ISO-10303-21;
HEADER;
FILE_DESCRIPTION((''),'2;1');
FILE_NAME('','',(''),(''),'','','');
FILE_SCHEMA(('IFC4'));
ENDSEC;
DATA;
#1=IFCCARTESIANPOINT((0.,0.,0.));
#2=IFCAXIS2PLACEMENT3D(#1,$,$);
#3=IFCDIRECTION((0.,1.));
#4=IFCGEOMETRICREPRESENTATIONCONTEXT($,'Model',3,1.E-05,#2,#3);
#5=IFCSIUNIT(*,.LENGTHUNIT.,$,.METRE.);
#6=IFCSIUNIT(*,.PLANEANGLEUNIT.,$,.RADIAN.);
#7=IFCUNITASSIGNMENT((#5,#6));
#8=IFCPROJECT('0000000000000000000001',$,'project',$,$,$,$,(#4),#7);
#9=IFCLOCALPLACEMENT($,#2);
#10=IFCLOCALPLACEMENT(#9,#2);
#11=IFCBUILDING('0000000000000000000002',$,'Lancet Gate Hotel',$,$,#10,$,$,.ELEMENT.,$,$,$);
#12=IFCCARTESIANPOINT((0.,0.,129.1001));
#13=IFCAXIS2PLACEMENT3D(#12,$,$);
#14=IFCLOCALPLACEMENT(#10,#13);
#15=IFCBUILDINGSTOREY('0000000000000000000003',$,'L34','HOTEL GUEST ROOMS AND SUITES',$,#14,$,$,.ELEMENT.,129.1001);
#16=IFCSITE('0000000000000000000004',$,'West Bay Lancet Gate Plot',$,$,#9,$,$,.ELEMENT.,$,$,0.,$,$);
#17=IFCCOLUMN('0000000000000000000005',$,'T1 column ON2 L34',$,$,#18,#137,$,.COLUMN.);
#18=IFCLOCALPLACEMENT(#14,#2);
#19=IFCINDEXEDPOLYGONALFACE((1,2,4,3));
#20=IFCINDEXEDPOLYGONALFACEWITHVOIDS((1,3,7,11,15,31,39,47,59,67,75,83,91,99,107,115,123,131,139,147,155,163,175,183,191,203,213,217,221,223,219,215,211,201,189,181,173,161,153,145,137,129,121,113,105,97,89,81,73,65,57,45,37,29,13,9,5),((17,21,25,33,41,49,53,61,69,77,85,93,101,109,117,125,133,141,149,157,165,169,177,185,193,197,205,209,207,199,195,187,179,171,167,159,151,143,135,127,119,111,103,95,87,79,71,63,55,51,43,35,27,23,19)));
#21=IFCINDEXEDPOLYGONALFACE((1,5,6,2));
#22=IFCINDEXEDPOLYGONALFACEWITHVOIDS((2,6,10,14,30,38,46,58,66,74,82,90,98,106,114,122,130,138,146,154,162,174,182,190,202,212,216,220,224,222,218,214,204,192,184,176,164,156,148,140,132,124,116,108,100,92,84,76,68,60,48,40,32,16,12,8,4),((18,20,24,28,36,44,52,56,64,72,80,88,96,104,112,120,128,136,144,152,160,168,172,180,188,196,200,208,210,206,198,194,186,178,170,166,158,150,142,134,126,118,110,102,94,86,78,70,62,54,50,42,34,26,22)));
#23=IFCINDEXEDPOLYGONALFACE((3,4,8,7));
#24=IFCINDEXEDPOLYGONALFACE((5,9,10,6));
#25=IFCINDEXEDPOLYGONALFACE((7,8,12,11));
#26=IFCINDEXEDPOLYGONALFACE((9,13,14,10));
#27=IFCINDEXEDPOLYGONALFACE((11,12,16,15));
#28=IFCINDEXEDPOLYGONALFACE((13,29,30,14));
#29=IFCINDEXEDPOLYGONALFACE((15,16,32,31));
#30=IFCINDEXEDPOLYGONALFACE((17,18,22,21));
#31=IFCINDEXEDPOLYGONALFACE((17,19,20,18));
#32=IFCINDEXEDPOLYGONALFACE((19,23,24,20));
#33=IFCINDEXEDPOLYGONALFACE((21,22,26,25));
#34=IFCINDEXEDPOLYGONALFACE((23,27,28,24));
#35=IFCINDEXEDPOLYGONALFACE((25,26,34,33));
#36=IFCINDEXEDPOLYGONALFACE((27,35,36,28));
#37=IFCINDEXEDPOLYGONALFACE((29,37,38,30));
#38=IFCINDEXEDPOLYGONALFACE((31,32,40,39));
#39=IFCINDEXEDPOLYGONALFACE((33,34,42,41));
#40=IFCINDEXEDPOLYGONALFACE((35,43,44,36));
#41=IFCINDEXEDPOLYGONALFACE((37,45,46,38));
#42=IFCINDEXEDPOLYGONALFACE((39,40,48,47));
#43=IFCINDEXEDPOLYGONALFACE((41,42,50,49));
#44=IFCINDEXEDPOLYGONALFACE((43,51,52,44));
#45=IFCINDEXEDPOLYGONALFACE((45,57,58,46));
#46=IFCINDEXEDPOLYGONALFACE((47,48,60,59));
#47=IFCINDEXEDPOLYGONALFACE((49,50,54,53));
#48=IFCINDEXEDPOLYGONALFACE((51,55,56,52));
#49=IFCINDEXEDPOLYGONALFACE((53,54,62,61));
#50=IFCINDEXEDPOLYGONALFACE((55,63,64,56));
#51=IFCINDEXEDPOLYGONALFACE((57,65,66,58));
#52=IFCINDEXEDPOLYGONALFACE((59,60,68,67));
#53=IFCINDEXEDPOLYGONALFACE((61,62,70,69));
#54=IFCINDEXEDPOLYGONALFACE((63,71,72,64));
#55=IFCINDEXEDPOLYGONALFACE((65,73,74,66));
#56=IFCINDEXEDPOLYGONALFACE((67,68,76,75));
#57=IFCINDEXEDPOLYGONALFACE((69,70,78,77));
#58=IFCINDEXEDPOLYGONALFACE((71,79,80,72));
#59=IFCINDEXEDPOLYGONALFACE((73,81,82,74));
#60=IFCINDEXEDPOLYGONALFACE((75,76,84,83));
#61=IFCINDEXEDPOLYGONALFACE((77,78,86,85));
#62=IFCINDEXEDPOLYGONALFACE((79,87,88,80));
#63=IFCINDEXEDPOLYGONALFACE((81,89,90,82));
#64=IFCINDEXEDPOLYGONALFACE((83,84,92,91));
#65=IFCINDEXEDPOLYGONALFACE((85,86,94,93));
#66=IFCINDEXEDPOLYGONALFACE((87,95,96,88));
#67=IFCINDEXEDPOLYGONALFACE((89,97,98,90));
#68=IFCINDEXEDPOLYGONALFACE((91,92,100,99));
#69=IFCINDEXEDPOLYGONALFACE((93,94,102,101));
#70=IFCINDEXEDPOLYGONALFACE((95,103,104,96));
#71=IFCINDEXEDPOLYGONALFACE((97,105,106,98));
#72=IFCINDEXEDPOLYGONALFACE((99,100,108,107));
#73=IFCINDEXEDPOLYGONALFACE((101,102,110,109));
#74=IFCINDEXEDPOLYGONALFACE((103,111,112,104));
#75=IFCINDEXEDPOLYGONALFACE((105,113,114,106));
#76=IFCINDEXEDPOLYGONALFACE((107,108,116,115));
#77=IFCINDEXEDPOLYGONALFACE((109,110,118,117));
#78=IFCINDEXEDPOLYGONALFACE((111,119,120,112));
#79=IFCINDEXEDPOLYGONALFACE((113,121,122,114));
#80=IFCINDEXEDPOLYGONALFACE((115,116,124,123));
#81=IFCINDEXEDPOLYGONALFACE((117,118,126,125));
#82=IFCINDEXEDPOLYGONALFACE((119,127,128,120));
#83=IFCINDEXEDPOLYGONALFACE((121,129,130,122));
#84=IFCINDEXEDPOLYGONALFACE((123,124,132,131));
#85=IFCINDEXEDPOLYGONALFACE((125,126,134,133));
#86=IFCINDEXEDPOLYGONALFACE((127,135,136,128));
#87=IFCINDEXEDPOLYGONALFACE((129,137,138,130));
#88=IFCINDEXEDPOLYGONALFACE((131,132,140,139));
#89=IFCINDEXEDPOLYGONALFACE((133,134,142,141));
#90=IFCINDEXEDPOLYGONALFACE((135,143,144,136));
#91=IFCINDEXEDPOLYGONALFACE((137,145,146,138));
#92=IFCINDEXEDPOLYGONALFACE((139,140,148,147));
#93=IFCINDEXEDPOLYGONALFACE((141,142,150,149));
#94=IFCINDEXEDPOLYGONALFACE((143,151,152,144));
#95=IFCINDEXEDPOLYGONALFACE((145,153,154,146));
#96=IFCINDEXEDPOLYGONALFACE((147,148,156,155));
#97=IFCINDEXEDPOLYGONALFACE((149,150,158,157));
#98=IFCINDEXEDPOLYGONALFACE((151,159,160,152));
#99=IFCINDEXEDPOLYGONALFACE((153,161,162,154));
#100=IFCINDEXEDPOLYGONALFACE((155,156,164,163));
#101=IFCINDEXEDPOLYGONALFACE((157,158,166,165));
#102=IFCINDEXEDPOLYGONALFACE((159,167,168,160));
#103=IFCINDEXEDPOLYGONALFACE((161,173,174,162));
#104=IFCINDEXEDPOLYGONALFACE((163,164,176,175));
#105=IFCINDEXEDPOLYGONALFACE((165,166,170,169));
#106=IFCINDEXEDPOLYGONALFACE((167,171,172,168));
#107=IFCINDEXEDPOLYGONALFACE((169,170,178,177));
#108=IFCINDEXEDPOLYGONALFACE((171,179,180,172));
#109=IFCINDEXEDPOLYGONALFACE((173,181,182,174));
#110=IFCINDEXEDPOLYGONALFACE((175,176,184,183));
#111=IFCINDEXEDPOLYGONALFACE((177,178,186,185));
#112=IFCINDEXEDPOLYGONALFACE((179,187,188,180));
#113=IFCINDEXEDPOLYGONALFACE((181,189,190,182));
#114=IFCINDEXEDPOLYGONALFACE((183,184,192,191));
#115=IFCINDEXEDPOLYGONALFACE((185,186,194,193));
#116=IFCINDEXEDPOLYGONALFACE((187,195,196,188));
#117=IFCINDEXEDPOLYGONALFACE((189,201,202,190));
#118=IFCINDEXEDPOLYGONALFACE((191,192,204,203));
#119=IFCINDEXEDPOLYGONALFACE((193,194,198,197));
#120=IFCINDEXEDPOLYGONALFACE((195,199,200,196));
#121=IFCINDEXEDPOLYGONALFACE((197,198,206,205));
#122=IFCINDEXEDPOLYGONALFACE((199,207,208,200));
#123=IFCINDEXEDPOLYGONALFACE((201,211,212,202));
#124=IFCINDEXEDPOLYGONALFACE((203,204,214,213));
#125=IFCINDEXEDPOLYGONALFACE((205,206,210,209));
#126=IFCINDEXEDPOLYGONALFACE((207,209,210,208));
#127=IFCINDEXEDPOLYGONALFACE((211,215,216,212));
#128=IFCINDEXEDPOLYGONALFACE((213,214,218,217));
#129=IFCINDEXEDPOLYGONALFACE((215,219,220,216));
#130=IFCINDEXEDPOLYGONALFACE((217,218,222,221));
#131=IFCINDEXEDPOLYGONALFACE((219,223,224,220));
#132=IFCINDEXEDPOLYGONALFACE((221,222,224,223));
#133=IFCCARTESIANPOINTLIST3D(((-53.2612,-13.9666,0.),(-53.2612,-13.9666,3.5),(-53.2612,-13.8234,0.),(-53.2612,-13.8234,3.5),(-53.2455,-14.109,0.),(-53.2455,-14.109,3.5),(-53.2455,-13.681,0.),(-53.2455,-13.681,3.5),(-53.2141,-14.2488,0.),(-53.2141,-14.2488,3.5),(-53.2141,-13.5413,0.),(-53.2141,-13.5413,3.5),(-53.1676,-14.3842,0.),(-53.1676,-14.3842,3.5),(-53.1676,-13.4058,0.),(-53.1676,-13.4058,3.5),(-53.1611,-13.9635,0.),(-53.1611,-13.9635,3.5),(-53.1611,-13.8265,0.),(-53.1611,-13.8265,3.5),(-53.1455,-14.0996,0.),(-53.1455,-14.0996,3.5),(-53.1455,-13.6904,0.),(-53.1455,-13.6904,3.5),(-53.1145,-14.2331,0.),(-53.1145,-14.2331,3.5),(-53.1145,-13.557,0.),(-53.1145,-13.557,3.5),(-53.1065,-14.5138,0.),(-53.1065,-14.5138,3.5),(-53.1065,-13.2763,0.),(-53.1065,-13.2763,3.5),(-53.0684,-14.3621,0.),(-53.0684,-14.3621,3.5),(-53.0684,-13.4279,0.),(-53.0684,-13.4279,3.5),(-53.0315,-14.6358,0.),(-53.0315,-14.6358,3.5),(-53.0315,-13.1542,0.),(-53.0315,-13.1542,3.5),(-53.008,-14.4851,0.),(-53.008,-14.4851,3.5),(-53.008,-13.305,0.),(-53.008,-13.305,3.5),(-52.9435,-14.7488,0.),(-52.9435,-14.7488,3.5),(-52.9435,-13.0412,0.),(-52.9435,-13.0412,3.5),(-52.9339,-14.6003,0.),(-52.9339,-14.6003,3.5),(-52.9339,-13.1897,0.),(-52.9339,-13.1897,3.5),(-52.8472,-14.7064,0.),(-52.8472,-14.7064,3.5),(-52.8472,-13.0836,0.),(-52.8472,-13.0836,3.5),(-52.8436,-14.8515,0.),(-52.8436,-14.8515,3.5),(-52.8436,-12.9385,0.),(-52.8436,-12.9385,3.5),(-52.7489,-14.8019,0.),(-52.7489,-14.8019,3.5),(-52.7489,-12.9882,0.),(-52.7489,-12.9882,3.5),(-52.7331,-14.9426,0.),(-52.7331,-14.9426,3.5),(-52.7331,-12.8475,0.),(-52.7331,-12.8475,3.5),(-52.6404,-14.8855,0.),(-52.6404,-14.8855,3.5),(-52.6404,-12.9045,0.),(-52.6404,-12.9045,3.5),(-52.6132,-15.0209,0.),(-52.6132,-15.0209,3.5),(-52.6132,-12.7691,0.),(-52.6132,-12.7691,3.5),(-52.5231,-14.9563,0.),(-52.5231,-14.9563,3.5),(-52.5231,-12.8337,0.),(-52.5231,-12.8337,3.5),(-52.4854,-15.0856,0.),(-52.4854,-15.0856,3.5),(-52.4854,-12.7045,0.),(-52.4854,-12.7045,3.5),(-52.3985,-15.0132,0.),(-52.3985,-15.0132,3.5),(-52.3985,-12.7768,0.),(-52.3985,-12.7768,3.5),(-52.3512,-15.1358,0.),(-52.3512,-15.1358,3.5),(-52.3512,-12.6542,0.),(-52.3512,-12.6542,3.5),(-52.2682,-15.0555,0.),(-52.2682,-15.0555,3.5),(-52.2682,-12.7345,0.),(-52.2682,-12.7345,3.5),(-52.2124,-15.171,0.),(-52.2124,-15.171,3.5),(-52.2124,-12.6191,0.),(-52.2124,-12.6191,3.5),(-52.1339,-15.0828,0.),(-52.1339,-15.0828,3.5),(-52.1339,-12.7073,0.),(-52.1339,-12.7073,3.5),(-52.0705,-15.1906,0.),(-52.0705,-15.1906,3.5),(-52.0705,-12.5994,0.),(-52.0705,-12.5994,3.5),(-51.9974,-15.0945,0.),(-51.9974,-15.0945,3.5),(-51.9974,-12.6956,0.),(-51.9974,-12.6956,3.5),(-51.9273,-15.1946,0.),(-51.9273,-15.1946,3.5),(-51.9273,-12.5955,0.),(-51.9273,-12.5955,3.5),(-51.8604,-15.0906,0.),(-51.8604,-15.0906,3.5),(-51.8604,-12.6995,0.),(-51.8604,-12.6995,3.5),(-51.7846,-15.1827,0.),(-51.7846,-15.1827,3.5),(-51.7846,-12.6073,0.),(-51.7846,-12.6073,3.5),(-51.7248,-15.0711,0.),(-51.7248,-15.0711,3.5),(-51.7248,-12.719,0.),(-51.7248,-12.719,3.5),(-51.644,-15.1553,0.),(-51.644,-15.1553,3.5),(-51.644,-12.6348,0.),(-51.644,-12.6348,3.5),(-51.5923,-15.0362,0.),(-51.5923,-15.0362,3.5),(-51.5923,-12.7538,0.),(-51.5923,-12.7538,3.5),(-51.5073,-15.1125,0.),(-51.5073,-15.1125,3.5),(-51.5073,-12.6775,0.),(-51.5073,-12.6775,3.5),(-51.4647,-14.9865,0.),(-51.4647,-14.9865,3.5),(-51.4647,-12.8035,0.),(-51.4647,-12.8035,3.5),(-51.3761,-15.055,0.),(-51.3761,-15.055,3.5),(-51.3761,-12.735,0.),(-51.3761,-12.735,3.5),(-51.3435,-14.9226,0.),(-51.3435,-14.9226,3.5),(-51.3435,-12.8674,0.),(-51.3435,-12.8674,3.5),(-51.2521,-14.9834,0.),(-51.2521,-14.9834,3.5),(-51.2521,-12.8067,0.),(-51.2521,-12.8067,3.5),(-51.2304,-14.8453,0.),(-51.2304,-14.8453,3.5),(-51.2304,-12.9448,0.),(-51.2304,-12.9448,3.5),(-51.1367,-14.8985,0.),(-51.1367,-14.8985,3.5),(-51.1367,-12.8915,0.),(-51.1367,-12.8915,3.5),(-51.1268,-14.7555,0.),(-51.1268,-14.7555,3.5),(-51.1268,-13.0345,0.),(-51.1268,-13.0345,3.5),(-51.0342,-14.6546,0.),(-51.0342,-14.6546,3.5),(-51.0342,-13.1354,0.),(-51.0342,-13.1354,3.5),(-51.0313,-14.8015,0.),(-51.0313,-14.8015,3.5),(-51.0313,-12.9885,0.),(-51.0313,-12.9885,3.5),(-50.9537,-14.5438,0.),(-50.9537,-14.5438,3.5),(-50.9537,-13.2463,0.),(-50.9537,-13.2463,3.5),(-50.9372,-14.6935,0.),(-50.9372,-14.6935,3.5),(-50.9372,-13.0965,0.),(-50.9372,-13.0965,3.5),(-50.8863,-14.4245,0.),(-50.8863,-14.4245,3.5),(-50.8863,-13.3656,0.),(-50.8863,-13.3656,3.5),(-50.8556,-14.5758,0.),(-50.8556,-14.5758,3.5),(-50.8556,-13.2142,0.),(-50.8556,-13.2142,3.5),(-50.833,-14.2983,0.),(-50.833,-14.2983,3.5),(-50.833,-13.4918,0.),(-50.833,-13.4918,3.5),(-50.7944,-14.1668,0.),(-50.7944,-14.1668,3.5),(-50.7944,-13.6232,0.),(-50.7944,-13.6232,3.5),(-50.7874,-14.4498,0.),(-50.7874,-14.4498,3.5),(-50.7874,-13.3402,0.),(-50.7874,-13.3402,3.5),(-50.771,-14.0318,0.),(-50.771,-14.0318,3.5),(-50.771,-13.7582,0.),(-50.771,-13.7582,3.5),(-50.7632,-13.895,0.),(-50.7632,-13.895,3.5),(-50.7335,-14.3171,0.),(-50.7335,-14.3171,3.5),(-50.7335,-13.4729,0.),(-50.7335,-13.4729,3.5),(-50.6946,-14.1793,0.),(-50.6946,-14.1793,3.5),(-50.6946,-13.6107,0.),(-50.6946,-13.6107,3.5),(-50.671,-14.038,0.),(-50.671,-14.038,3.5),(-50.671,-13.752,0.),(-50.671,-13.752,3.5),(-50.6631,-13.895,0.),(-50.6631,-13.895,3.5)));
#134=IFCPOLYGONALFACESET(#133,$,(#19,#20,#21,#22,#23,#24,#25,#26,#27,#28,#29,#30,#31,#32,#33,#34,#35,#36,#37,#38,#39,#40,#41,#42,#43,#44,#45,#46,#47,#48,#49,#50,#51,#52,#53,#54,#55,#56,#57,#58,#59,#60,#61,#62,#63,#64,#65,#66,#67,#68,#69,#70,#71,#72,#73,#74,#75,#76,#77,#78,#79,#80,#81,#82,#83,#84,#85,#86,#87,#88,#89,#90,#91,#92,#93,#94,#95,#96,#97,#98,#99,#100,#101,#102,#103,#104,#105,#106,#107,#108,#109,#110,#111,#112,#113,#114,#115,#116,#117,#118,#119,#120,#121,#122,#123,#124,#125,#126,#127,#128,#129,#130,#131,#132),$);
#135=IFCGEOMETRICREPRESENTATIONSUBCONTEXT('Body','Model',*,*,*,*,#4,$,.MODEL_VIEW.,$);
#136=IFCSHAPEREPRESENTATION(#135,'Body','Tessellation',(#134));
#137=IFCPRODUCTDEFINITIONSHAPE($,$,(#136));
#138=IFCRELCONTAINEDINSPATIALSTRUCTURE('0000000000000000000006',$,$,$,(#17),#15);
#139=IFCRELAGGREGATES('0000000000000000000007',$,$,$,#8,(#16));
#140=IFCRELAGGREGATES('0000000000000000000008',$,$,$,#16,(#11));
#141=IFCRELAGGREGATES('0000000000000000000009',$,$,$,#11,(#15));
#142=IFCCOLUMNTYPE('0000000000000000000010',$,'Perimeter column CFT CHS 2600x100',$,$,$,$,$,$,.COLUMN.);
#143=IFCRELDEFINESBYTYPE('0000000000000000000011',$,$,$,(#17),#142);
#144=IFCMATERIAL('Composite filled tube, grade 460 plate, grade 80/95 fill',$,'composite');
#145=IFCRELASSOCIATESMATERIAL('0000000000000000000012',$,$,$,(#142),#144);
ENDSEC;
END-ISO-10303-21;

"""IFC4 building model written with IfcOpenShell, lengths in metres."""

from ifc_helpers import new_model, si_unit, direction, frame, origin, origin_2d, place, context, subcontext, project, spatial, hollow_circle, extrude, material, material_profile, profile_set, type_object, element, save


model = new_model("IFC4")

# Units and contexts
model_context = context("Model", 3, precision=1e-05, world=origin(), true_north=direction((0.0, 1.0)))
body_context = subcontext(model_context, "Body", "Model", "MODEL_VIEW")
ifc_project = project(units=[si_unit("LENGTHUNIT", "METRE"), si_unit("PLANEANGLEUNIT", "RADIAN")], contexts=[model_context])

# Site, building, storey
site_placement = place(None, origin())
site = spatial("IfcSite", under=ifc_project, at=site_placement, Name="West Bay Lancet Gate Plot", CompositionType="ELEMENT", RefElevation=0.0)
building_placement = place(site_placement, origin())
building = spatial("IfcBuilding", under=site, at=building_placement, Name="Lancet Gate Hotel", CompositionType="ELEMENT")
storey_placement = place(building_placement, frame((0.0, 0.0, 129.1001)))
storey = spatial("IfcBuildingStorey", under=building, at=storey_placement, Name="L34", Description="HOTEL GUEST ROOMS AND SUITES", CompositionType="ELEMENT", Elevation=129.1001)

# Column
ifc_material_1 = material(Name="Composite filled tube, grade 460 plate, grade 80/95 fill", Category="composite")
ifc_material_profile_1 = material_profile(ifc_material_1, hollow_circle(Radius=1.3, WallThickness=0.1001, at=origin_2d()), Name="CHS 2600x100")
ifc_profile_set_1 = profile_set([ifc_material_profile_1], Name="Composite filled tube, grade 460 plate, grade 80/95 fill")
column_type = type_object("IfcColumnType", Name="Perimeter column CFT CHS 2600x100", PredefinedType="COLUMN", material=ifc_profile_set_1)
for number, where, z_axis, x_axis, name in (
    (1, (-51.9631, -13.895, 0.0), (0.0, 0.0, 1.0), (1.0, 0.0, 0.0), "T1 column ON2 L34"),
):
    element("IfcColumn", number, at=place(storey_placement, frame(where, z_axis=z_axis, x_axis=x_axis)), inside=storey, type_object=column_type, Name=name, PredefinedType="COLUMN", context=body_context, shape_type="SweptSolid", body=[
        extrude(hollow_circle(Radius=1.3, WallThickness=0.1001, at=origin_2d()), origin(), (0.0, 0.0, 1.0), 3.5),
    ])

save(model, "model.ifc")
